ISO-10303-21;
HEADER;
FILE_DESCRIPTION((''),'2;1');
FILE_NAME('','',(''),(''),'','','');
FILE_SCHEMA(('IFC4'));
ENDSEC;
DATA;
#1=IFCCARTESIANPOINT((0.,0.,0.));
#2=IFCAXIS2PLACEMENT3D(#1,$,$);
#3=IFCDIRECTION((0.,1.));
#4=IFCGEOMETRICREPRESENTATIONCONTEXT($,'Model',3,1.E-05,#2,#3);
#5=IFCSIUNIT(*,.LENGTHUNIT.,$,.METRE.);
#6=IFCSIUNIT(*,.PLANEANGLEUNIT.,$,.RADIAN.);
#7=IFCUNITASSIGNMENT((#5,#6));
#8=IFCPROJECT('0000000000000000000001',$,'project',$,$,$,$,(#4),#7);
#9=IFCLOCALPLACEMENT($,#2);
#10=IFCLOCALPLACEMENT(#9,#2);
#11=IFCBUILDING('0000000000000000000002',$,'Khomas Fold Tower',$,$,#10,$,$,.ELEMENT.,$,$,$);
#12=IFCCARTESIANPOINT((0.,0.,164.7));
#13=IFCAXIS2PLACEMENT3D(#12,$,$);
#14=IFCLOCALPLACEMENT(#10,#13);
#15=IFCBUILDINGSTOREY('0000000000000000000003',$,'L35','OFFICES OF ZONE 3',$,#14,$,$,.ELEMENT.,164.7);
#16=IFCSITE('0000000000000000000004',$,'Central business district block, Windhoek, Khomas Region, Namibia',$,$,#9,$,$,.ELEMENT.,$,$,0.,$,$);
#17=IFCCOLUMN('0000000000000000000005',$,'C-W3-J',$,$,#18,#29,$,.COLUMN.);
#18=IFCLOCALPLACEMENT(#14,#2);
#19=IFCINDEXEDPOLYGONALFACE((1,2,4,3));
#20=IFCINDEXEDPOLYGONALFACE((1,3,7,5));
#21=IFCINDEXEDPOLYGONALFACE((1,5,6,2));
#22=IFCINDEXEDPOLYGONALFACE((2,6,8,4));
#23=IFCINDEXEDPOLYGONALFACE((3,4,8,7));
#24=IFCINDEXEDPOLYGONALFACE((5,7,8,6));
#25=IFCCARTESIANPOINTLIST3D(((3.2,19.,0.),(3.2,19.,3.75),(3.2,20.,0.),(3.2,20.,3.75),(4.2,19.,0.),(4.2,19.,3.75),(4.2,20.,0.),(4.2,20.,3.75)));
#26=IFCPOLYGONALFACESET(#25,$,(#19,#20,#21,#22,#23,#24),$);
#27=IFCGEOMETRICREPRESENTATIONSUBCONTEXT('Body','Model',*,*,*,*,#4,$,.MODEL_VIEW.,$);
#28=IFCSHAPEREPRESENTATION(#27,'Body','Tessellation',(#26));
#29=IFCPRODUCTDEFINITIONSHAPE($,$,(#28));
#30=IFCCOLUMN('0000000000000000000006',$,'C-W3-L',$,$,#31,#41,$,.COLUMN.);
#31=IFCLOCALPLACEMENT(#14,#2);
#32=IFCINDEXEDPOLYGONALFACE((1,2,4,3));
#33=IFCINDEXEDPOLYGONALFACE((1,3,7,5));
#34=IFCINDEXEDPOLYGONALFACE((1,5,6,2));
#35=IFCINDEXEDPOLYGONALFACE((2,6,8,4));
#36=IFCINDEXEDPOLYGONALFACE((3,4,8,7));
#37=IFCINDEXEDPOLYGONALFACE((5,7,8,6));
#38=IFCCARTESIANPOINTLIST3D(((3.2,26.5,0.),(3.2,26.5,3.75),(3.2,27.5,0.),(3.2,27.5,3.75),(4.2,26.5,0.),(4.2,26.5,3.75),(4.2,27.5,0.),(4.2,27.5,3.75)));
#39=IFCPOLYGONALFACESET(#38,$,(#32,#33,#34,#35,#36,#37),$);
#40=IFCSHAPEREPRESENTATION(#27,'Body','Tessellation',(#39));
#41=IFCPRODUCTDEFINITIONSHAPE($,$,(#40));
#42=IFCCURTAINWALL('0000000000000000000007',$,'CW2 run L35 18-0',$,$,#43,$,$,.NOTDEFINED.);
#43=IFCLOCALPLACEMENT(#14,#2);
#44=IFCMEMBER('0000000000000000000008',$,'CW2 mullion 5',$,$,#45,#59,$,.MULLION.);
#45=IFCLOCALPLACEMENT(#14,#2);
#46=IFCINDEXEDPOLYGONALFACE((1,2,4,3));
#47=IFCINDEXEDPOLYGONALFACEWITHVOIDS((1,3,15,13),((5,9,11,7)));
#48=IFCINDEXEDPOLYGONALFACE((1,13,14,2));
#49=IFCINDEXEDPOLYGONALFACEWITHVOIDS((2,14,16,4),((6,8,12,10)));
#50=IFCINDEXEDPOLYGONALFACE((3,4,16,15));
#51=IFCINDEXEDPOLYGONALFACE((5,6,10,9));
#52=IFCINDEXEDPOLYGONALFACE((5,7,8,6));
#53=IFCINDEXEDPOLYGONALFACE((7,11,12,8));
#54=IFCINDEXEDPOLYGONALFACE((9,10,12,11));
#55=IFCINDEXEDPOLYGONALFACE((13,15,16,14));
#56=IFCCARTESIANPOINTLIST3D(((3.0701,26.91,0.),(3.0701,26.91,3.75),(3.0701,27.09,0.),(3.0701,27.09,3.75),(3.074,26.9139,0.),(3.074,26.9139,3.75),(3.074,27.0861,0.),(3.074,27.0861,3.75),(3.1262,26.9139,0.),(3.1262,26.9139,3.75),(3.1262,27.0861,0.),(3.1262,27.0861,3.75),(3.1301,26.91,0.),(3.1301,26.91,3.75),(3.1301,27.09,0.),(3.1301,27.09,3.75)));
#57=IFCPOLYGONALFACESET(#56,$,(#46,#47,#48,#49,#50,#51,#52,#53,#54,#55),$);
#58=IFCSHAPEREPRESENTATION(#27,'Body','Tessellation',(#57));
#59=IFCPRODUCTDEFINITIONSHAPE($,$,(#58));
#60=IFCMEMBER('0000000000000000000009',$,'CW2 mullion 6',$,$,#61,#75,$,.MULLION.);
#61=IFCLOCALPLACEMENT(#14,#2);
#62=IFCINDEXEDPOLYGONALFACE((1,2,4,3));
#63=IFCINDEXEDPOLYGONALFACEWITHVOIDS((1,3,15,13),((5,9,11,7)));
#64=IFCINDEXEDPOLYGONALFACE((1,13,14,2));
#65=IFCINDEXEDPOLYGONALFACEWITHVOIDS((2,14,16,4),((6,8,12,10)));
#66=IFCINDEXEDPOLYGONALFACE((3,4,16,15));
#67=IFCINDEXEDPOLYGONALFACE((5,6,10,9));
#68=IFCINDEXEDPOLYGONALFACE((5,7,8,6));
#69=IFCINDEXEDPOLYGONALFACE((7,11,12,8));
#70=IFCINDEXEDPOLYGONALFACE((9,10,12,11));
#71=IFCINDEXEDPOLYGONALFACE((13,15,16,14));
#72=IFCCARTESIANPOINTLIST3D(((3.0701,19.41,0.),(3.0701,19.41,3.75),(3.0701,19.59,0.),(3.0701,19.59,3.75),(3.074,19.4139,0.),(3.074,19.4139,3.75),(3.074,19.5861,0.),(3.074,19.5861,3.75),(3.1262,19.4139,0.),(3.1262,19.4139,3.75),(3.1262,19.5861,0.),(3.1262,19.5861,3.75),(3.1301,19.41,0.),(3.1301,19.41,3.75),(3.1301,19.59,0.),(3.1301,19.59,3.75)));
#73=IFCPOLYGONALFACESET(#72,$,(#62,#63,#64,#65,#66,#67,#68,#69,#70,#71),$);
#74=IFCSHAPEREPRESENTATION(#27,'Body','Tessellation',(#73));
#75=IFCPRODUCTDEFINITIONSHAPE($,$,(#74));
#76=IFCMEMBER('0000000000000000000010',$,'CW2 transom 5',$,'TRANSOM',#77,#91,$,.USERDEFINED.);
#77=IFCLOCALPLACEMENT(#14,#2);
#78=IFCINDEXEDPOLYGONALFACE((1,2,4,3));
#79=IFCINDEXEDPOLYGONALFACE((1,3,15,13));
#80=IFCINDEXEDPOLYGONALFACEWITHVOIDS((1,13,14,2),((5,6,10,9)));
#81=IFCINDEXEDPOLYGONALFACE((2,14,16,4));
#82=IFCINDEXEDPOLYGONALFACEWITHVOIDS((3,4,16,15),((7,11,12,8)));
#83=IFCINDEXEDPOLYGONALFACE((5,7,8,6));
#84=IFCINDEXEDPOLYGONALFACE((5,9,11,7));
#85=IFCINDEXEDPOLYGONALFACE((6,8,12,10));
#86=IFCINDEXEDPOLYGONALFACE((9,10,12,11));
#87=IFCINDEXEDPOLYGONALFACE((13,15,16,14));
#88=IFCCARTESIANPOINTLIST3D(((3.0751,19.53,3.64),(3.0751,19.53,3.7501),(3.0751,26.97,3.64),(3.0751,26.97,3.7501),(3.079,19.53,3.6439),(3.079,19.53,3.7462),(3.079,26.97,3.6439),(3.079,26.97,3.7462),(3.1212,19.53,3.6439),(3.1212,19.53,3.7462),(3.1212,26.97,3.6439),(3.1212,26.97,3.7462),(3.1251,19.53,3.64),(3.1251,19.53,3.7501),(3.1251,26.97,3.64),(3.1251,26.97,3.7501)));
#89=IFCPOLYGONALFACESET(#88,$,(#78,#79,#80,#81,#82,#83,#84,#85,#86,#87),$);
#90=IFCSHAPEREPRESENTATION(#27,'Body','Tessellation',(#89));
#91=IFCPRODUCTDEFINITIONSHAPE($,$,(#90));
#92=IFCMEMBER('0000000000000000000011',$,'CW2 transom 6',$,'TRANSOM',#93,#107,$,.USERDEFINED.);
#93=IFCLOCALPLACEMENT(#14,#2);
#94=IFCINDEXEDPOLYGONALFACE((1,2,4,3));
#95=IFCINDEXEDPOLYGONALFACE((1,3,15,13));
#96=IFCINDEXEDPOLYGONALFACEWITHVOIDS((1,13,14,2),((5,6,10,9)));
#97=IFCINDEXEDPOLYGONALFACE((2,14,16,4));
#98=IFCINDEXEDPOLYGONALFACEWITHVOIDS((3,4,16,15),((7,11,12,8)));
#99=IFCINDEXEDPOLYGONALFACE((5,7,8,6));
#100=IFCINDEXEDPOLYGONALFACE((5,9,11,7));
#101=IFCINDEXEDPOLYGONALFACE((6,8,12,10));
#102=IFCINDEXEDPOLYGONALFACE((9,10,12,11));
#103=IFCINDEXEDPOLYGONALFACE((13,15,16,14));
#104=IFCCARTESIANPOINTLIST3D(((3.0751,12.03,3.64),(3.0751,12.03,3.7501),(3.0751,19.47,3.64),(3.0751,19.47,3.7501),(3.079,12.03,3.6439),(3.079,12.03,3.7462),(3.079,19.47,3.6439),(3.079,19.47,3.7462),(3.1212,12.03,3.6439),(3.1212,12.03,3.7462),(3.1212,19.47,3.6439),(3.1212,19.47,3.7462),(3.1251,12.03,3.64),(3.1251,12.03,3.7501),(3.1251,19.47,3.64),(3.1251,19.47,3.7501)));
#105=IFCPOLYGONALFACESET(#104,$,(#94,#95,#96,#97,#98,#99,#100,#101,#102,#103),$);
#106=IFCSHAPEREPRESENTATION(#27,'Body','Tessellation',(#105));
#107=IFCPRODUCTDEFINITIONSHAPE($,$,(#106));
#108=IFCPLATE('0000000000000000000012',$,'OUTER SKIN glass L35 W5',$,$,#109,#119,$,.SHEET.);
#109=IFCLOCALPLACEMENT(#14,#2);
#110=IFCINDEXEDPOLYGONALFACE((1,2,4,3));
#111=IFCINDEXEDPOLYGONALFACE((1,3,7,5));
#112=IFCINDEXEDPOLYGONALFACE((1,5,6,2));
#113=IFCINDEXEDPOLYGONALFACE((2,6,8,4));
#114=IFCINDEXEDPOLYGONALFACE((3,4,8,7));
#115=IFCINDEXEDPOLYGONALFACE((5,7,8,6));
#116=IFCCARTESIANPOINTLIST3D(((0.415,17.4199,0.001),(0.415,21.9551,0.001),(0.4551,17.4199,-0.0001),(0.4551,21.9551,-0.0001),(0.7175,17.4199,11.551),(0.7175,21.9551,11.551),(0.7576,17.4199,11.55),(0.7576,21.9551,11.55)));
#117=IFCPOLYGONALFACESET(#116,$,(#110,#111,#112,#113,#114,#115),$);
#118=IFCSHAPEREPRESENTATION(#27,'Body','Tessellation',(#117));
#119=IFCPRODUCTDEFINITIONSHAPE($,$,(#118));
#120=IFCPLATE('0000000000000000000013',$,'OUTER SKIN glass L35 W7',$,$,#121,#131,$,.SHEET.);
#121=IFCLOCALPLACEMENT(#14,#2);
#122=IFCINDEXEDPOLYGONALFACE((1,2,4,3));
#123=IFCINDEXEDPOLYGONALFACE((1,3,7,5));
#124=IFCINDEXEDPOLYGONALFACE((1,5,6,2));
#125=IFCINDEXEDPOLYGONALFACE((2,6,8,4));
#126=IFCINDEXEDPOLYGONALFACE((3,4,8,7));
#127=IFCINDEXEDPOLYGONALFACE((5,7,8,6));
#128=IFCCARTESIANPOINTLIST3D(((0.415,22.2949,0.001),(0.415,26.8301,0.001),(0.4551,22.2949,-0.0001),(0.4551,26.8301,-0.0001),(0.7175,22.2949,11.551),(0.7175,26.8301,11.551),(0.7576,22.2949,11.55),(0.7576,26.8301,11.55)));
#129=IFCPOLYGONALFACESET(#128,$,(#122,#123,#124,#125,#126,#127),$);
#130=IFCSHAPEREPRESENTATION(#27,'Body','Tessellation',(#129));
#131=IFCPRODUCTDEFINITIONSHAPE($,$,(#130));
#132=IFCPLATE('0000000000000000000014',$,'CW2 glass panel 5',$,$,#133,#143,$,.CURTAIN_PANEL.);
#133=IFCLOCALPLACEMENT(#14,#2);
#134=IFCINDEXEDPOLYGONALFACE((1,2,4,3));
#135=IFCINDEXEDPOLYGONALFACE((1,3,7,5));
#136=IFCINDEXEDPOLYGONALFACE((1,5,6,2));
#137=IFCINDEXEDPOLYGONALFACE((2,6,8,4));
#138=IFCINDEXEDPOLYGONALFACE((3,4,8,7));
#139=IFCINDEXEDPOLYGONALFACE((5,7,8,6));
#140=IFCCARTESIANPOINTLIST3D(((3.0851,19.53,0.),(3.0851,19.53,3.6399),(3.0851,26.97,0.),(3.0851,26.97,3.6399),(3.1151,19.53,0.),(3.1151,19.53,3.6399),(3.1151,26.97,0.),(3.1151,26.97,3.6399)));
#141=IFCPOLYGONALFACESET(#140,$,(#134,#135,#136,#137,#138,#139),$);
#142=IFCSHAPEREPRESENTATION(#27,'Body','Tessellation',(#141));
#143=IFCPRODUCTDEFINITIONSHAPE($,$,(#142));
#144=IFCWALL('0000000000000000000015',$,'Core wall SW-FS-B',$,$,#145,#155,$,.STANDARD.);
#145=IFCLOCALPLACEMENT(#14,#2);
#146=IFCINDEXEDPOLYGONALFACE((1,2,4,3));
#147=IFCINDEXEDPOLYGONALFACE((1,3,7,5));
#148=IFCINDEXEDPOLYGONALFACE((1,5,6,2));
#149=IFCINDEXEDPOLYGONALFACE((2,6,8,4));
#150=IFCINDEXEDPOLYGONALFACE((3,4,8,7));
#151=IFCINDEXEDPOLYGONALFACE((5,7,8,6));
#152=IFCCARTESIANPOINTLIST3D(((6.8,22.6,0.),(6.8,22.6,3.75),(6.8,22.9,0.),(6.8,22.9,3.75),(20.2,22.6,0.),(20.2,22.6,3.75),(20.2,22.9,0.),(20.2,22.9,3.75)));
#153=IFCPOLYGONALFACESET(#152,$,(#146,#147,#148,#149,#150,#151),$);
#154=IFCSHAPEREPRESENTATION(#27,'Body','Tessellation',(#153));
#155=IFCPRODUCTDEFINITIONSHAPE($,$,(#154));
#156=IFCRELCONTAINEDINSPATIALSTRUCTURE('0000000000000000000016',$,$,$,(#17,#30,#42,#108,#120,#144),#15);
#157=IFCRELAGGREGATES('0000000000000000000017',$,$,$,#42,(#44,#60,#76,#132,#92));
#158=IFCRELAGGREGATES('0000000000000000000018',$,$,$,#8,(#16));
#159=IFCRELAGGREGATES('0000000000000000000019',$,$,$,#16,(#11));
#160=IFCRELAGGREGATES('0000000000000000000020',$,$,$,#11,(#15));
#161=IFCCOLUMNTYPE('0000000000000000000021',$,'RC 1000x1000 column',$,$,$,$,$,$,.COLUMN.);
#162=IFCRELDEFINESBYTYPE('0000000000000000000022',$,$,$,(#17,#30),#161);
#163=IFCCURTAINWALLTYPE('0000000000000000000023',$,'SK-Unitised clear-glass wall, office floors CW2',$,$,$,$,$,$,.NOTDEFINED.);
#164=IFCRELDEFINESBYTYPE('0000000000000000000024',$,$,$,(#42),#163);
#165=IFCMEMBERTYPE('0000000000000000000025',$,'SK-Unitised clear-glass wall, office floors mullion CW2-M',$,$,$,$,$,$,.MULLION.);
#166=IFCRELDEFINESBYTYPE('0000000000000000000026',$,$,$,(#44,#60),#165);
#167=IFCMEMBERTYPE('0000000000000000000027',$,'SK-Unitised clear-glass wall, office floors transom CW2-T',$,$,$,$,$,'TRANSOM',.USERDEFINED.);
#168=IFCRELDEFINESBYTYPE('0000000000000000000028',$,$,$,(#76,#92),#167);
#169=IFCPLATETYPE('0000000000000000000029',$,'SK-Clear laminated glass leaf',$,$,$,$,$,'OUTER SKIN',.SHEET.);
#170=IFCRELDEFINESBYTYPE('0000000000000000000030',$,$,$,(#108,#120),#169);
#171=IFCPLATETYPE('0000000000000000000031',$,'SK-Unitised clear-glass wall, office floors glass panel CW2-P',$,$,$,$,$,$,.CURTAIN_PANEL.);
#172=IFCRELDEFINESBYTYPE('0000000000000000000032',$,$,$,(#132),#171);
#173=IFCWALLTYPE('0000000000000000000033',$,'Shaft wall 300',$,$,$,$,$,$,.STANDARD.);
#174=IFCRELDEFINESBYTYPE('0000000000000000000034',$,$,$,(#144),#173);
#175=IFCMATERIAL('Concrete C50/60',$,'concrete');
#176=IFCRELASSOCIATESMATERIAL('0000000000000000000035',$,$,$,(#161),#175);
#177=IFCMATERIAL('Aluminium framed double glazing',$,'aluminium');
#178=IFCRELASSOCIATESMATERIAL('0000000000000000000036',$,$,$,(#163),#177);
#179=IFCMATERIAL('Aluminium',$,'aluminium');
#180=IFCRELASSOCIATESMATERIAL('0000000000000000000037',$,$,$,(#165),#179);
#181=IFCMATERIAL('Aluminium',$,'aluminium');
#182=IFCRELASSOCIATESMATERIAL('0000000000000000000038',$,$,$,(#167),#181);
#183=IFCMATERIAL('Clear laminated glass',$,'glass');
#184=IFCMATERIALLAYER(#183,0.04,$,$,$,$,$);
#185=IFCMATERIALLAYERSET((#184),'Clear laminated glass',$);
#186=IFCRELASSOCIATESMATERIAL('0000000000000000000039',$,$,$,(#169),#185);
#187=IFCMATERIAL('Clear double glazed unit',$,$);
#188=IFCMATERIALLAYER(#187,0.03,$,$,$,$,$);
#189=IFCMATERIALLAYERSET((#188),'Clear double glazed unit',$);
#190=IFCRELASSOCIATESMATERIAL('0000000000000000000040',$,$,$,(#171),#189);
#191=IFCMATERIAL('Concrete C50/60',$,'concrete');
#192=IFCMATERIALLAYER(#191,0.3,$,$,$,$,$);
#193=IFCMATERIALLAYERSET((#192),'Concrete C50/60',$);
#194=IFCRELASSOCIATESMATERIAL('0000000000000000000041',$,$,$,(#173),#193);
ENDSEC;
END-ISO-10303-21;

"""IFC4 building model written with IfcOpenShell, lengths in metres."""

from ifc_helpers import new_model, si_unit, direction, frame, frame_2d, origin, origin_2d, place, context, subcontext, project, spatial, polyline, rectangle, hollow_rectangle, outline, extrude, source, transform, mapped, material, layer, layer_set, material_profile, profile_set, type_object, element, aggregate, save


model = new_model("IFC4")

# Units and contexts
model_context = context("Model", 3, precision=1e-05, world=origin(), true_north=direction((0.0, 1.0)))
body_context = subcontext(model_context, "Body", "Model", "MODEL_VIEW")
ifc_project = project(units=[si_unit("LENGTHUNIT", "METRE"), si_unit("PLANEANGLEUNIT", "RADIAN")], contexts=[model_context])

# Site, building, storey
site_placement = place(None, origin())
site = spatial("IfcSite", under=ifc_project, at=site_placement, Name="Central business district block, Windhoek, Khomas Region, Namibia", CompositionType="ELEMENT", RefElevation=0.0)
building_placement = place(site_placement, origin())
building = spatial("IfcBuilding", under=site, at=building_placement, Name="Khomas Fold Tower", CompositionType="ELEMENT")
storey_placement = place(building_placement, frame((0.0, 0.0, 164.7)))
storey = spatial("IfcBuildingStorey", under=building, at=storey_placement, Name="L35", Description="OFFICES OF ZONE 3", CompositionType="ELEMENT", Elevation=164.7)

# Columns
ifc_material_1 = material(Name="Concrete C50/60", Category="concrete")
ifc_material_profile_1 = material_profile(ifc_material_1, rectangle(XDim=1.0, YDim=1.0, at=origin_2d()), Name="RC 1000x1000")
ifc_profile_set_1 = profile_set([ifc_material_profile_1], Name="Concrete C50/60")
column_type = type_object("IfcColumnType", Name="RC 1000x1000 column", PredefinedType="COLUMN", material=ifc_profile_set_1)
shared_shape_1 = source(origin(), body_context, "Body", "SweptSolid", [
    extrude(rectangle(XDim=1.0, YDim=1.0, at=origin_2d()), origin(), (0.0, 0.0, 1.0), 3.75),
])
for number, where, z_axis, x_axis, name in (
    (1, (3.7, 19.5, 0.0), (0.0, 0.0, 1.0), (1.0, 0.0, 0.0), "C-W3-J"),
    (2, (3.7, 27.0, 0.0), (0.0, 0.0, 1.0), (1.0, 0.0, 0.0), "C-W3-L"),
):
    element("IfcColumn", number, at=place(storey_placement, frame(where, z_axis=z_axis, x_axis=x_axis)), inside=storey, type_object=column_type, Name=name, PredefinedType="COLUMN", context=body_context, shape_type="MappedRepresentation", body=[
        mapped(shared_shape_1, transform((0.0, 0.0, 0.0))),
    ])

# Curtain wall, members
ifc_material_2 = material(Name="Aluminium framed double glazing", Category="aluminium")
curtain_wall_type = type_object("IfcCurtainWallType", Name="SK-Unitised clear-glass wall, office floors CW2", PredefinedType="NOTDEFINED", material=ifc_material_2)
curtain_wall_placement = place(storey_placement, origin())
curtain_wall = element("IfcCurtainWall", 3, at=curtain_wall_placement, inside=storey, type_object=curtain_wall_type, Name="CW2 run L35 18-0", PredefinedType="NOTDEFINED")
ifc_material_3 = material(Name="Aluminium", Category="aluminium")
ifc_material_profile_2 = material_profile(ifc_material_3, hollow_rectangle(XDim=0.0601, YDim=0.1799, WallThickness=0.0039, at=origin_2d()), Name="SK-Unitised clear-glass wall, office floors mullion CW2-M")
ifc_profile_set_2 = profile_set([ifc_material_profile_2], Name="Aluminium")
member_type_1 = type_object("IfcMemberType", Name="SK-Unitised clear-glass wall, office floors mullion CW2-M", PredefinedType="MULLION", material=ifc_profile_set_2)
shared_shape_2 = source(origin(), body_context, "Body", "SweptSolid", [
    extrude(hollow_rectangle(XDim=0.0601, YDim=0.1799, WallThickness=0.0039, at=origin_2d()), origin(), (0.0, 0.0, 1.0), 3.75),
])
member_1_placement = place(storey_placement, frame((3.1001, 27.0, 0.0), z_axis=(0.0, 0.0, 1.0), x_axis=(1.0, 0.0, 0.0)))
member_1 = element("IfcMember", 4, at=member_1_placement, type_object=member_type_1, Name="CW2 mullion 5", PredefinedType="MULLION", context=body_context, shape_type="MappedRepresentation", body=[
    mapped(shared_shape_2, transform((0.0, 0.0, 0.0))),
])
member_2_placement = place(storey_placement, frame((3.1001, 19.5, 0.0), z_axis=(0.0, 0.0, 1.0), x_axis=(1.0, 0.0, 0.0)))
member_2 = element("IfcMember", 5, at=member_2_placement, type_object=member_type_1, Name="CW2 mullion 6", PredefinedType="MULLION", context=body_context, shape_type="MappedRepresentation", body=[
    mapped(shared_shape_2, transform((0.0, 0.0, 0.0))),
])
ifc_material_4 = material(Name="Aluminium", Category="aluminium")
ifc_material_profile_3 = material_profile(ifc_material_4, hollow_rectangle(XDim=0.05, YDim=0.1101, WallThickness=0.0039, at=origin_2d()), Name="SK-Unitised clear-glass wall, office floors transom CW2-T")
ifc_profile_set_3 = profile_set([ifc_material_profile_3], Name="Aluminium")
member_type_2 = type_object("IfcMemberType", Name="SK-Unitised clear-glass wall, office floors transom CW2-T", ElementType="TRANSOM", PredefinedType="USERDEFINED", material=ifc_profile_set_3)
shared_shape_3 = source(origin(), body_context, "Body", "SweptSolid", [
    extrude(hollow_rectangle(XDim=0.05, YDim=0.1101, WallThickness=0.0039, at=origin_2d()), origin(), (0.0, 0.0, 1.0), 7.4399),
])
member_3_placement = place(storey_placement, frame((3.1001, 26.97, 3.6951), z_axis=(0.0, -1.0, 0.0), x_axis=(1.0, 0.0, 0.0)))
member_3 = element("IfcMember", 6, at=member_3_placement, type_object=member_type_2, Name="CW2 transom 5", ObjectType="TRANSOM", PredefinedType="USERDEFINED", context=body_context, shape_type="MappedRepresentation", body=[
    mapped(shared_shape_3, transform((0.0, 0.0, 0.0))),
])
member_4_placement = place(storey_placement, frame((3.1001, 19.47, 3.6951), z_axis=(0.0, -1.0, 0.0), x_axis=(1.0, 0.0, 0.0)))
member_4 = element("IfcMember", 7, at=member_4_placement, type_object=member_type_2, Name="CW2 transom 6", ObjectType="TRANSOM", PredefinedType="USERDEFINED", context=body_context, shape_type="MappedRepresentation", body=[
    mapped(shared_shape_3, transform((0.0, 0.0, 0.0))),
])

# Plates
ifc_material_5 = material(Name="Clear laminated glass", Category="glass")
ifc_layer_1 = layer(ifc_material_5, 0.04)
ifc_layer_set_1 = layer_set([ifc_layer_1], Name="Clear laminated glass")
plate_type_1 = type_object("IfcPlateType", Name="SK-Clear laminated glass leaf", ElementType="OUTER SKIN", PredefinedType="SHEET", material=ifc_layer_set_1)
for number, where, z_axis, x_axis, name in (
    (8, (0.415, 17.4199, 0.001), (-0.999657, 0.0, 0.026181), (0.0, 1.0, 0.0), "OUTER SKIN glass L35 W5"),
    (9, (0.415, 22.2949, 0.001), (-0.999657, 0.0, 0.026181), (0.0, 1.0, 0.0), "OUTER SKIN glass L35 W7"),
):
    element("IfcPlate", number, at=place(storey_placement, frame(where, z_axis=z_axis, x_axis=x_axis)), inside=storey, type_object=plate_type_1, Name=name, PredefinedType="SHEET", context=body_context, shape_type="SweptSolid", body=[
        extrude(outline(polyline([(0.0, 0.0), (4.5352, 0.0), (4.5352, -11.554), (0.0, -11.554), (0.0, 0.0)])), origin(), (0.0, 0.0, -1.0), 0.04),
    ])

# Plate
ifc_material_6 = material(Name="Clear double glazed unit")
ifc_layer_2 = layer(ifc_material_6, 0.03)
ifc_layer_set_2 = layer_set([ifc_layer_2], Name="Clear double glazed unit")
plate_type_2 = type_object("IfcPlateType", Name="SK-Unitised clear-glass wall, office floors glass panel CW2-P", PredefinedType="CURTAIN_PANEL", material=ifc_layer_set_2)
shared_shape_4 = source(origin(), body_context, "Body", "SweptSolid", [
    extrude(rectangle(XDim=7.4399, YDim=0.03, at=origin_2d()), origin(), (0.0, 0.0, 1.0), 3.6399),
])
plate_placement = place(storey_placement, frame((3.1001, 23.25, 0.0), z_axis=(0.0, 0.0, 1.0), x_axis=(0.0, -1.0, 0.0)))
plate = element("IfcPlate", 10, at=plate_placement, type_object=plate_type_2, Name="CW2 glass panel 5", PredefinedType="CURTAIN_PANEL", context=body_context, shape_type="MappedRepresentation", body=[
    mapped(shared_shape_4, transform((0.0, 0.0, 0.0))),
])
aggregate(curtain_wall, [member_1, member_2, member_3, plate, member_4])

# Wall
ifc_material_7 = material(Name="Concrete C50/60", Category="concrete")
ifc_layer_3 = layer(ifc_material_7, 0.3)
ifc_layer_set_3 = layer_set([ifc_layer_3], Name="Concrete C50/60")
wall_type = type_object("IfcWallType", Name="Shaft wall 300", PredefinedType="STANDARD", material=ifc_layer_set_3)
shared_shape_5 = source(origin(), body_context, "Body", "SweptSolid", [
    extrude(rectangle(XDim=13.3999, YDim=0.3, at=frame_2d((6.7, 0.0))), origin(), (0.0, 0.0, 1.0), 3.75),
])
wall_1_placement = place(storey_placement, frame((6.8, 22.75, 0.0), z_axis=(0.0, 0.0, 1.0), x_axis=(1.0, 0.0, 0.0)))
element("IfcWall", 11, at=wall_1_placement, inside=storey, type_object=wall_type, Name="Core wall SW-FS-B", PredefinedType="STANDARD", context=body_context, shape_type="MappedRepresentation", body=[
    mapped(shared_shape_5, transform((0.0, 0.0, 0.0))),
])

save(model, "model.ifc")
